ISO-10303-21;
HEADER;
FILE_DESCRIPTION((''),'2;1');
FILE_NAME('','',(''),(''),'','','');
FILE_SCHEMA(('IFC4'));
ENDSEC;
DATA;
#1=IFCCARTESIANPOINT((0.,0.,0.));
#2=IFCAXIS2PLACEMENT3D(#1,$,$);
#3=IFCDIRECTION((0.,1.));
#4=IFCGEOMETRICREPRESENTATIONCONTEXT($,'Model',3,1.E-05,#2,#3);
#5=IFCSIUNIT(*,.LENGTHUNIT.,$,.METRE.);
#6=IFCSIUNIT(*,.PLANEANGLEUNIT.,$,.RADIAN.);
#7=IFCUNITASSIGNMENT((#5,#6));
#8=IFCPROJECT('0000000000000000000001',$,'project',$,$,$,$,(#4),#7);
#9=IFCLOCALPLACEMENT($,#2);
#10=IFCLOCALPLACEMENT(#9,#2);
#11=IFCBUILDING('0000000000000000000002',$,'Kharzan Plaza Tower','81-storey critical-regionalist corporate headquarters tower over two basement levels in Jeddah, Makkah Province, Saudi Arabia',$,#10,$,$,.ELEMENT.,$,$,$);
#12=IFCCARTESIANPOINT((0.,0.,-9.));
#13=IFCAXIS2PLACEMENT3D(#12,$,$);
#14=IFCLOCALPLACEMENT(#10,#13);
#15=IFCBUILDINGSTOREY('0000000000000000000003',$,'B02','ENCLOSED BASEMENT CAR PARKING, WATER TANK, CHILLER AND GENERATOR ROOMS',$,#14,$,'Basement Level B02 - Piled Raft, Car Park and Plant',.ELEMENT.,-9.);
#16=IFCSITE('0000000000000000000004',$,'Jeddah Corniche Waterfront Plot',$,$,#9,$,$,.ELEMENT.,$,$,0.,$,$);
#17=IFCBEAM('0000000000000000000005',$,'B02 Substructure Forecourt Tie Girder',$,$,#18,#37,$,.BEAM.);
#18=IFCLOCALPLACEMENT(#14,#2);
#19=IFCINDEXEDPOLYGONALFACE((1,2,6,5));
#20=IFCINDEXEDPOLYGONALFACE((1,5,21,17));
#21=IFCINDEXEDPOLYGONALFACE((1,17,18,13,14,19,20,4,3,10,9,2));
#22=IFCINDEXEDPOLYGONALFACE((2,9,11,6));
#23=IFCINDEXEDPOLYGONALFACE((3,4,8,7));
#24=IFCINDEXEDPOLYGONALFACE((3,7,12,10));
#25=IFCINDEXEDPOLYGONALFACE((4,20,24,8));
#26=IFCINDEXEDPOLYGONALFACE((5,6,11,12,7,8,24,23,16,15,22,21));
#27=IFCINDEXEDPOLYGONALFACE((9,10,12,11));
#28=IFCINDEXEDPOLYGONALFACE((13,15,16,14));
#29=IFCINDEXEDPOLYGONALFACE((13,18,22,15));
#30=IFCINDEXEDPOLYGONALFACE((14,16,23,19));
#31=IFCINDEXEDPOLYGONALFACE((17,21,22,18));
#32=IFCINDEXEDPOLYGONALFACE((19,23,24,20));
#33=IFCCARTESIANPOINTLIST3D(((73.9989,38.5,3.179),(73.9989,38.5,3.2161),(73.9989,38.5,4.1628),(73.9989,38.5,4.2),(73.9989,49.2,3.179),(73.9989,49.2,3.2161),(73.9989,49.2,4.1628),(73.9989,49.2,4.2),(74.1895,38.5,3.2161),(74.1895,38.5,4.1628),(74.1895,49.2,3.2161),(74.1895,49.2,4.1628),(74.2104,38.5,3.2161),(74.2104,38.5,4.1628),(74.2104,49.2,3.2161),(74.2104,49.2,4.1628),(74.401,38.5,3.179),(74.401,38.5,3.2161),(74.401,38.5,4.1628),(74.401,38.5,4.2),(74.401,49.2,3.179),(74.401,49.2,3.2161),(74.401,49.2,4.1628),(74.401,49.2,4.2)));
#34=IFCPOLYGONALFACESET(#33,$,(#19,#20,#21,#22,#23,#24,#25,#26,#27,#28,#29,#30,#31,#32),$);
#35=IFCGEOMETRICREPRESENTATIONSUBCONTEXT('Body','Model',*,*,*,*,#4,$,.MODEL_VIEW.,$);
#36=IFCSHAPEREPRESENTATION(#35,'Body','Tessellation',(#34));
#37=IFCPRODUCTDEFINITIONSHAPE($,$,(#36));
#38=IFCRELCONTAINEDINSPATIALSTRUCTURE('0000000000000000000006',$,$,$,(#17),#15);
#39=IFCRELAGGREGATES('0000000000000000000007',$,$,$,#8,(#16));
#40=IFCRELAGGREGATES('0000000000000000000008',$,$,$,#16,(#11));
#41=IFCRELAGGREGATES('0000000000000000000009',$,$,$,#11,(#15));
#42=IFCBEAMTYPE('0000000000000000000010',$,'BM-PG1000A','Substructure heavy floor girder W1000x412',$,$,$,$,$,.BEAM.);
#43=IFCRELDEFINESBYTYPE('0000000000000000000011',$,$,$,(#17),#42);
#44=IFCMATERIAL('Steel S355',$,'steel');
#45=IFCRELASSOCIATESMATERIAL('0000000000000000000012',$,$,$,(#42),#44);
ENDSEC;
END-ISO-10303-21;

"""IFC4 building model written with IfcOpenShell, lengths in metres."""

from ifc_helpers import new_model, si_unit, direction, frame, origin, origin_2d, place, context, subcontext, project, spatial, i_section, extrude, source, transform, mapped, material, material_profile, profile_set, type_object, element, save


model = new_model("IFC4")

# Units and contexts
model_context = context("Model", 3, precision=1e-05, world=origin(), true_north=direction((0.0, 1.0)))
body_context = subcontext(model_context, "Body", "Model", "MODEL_VIEW")
ifc_project = project(units=[si_unit("LENGTHUNIT", "METRE"), si_unit("PLANEANGLEUNIT", "RADIAN")], contexts=[model_context])

# Site, building, storey
site_placement = place(None, origin())
site = spatial("IfcSite", under=ifc_project, at=site_placement, Name="Jeddah Corniche Waterfront Plot", CompositionType="ELEMENT", RefElevation=0.0)
building_placement = place(site_placement, origin())
building = spatial("IfcBuilding", under=site, at=building_placement, Name="Kharzan Plaza Tower", Description="81-storey critical-regionalist corporate headquarters tower over two basement levels in Jeddah, Makkah Province, Saudi Arabia", CompositionType="ELEMENT")
storey_placement = place(building_placement, frame((0.0, 0.0, -9.0)))
storey = spatial("IfcBuildingStorey", under=building, at=storey_placement, Name="B02", Description="ENCLOSED BASEMENT CAR PARKING, WATER TANK, CHILLER AND GENERATOR ROOMS", LongName="Basement Level B02 - Piled Raft, Car Park and Plant", CompositionType="ELEMENT", Elevation=-9.0)

# Beam
ifc_material_1 = material(Name="Steel S355", Category="steel")
ifc_material_profile_1 = material_profile(ifc_material_1, i_section(OverallWidth=0.4021, OverallDepth=1.021, WebThickness=0.021, FlangeThickness=0.0371, at=origin_2d()), Name="W1000x412")
ifc_profile_set_1 = profile_set([ifc_material_profile_1], Name="Steel S355")
beam_type = type_object("IfcBeamType", Name="BM-PG1000A", Description="Substructure heavy floor girder W1000x412", PredefinedType="BEAM", material=ifc_profile_set_1)
shared_shape_1 = source(origin(), body_context, "Body", "SweptSolid", [
    extrude(i_section(OverallWidth=0.4021, OverallDepth=1.021, WebThickness=0.021, FlangeThickness=0.0371, at=origin_2d()), origin(), (0.0, 0.0, 1.0), 10.7),
])
for number, where, z_axis, x_axis, name in (
    (1, (74.2, 38.5, 3.6895), (0.0, 1.0, 0.0), (-1.0, 0.0, 0.0), "B02 Substructure Forecourt Tie Girder"),
):
    element("IfcBeam", number, at=place(storey_placement, frame(where, z_axis=z_axis, x_axis=x_axis)), inside=storey, type_object=beam_type, Name=name, PredefinedType="BEAM", context=body_context, shape_type="MappedRepresentation", body=[
        mapped(shared_shape_1, transform((0.0, 0.0, 0.0), x_axis=(1.0, 0.0, 0.0), y_axis=(0.0, 1.0, 0.0), z_axis=(0.0, 0.0, 1.0))),
    ])

save(model, "model.ifc")
